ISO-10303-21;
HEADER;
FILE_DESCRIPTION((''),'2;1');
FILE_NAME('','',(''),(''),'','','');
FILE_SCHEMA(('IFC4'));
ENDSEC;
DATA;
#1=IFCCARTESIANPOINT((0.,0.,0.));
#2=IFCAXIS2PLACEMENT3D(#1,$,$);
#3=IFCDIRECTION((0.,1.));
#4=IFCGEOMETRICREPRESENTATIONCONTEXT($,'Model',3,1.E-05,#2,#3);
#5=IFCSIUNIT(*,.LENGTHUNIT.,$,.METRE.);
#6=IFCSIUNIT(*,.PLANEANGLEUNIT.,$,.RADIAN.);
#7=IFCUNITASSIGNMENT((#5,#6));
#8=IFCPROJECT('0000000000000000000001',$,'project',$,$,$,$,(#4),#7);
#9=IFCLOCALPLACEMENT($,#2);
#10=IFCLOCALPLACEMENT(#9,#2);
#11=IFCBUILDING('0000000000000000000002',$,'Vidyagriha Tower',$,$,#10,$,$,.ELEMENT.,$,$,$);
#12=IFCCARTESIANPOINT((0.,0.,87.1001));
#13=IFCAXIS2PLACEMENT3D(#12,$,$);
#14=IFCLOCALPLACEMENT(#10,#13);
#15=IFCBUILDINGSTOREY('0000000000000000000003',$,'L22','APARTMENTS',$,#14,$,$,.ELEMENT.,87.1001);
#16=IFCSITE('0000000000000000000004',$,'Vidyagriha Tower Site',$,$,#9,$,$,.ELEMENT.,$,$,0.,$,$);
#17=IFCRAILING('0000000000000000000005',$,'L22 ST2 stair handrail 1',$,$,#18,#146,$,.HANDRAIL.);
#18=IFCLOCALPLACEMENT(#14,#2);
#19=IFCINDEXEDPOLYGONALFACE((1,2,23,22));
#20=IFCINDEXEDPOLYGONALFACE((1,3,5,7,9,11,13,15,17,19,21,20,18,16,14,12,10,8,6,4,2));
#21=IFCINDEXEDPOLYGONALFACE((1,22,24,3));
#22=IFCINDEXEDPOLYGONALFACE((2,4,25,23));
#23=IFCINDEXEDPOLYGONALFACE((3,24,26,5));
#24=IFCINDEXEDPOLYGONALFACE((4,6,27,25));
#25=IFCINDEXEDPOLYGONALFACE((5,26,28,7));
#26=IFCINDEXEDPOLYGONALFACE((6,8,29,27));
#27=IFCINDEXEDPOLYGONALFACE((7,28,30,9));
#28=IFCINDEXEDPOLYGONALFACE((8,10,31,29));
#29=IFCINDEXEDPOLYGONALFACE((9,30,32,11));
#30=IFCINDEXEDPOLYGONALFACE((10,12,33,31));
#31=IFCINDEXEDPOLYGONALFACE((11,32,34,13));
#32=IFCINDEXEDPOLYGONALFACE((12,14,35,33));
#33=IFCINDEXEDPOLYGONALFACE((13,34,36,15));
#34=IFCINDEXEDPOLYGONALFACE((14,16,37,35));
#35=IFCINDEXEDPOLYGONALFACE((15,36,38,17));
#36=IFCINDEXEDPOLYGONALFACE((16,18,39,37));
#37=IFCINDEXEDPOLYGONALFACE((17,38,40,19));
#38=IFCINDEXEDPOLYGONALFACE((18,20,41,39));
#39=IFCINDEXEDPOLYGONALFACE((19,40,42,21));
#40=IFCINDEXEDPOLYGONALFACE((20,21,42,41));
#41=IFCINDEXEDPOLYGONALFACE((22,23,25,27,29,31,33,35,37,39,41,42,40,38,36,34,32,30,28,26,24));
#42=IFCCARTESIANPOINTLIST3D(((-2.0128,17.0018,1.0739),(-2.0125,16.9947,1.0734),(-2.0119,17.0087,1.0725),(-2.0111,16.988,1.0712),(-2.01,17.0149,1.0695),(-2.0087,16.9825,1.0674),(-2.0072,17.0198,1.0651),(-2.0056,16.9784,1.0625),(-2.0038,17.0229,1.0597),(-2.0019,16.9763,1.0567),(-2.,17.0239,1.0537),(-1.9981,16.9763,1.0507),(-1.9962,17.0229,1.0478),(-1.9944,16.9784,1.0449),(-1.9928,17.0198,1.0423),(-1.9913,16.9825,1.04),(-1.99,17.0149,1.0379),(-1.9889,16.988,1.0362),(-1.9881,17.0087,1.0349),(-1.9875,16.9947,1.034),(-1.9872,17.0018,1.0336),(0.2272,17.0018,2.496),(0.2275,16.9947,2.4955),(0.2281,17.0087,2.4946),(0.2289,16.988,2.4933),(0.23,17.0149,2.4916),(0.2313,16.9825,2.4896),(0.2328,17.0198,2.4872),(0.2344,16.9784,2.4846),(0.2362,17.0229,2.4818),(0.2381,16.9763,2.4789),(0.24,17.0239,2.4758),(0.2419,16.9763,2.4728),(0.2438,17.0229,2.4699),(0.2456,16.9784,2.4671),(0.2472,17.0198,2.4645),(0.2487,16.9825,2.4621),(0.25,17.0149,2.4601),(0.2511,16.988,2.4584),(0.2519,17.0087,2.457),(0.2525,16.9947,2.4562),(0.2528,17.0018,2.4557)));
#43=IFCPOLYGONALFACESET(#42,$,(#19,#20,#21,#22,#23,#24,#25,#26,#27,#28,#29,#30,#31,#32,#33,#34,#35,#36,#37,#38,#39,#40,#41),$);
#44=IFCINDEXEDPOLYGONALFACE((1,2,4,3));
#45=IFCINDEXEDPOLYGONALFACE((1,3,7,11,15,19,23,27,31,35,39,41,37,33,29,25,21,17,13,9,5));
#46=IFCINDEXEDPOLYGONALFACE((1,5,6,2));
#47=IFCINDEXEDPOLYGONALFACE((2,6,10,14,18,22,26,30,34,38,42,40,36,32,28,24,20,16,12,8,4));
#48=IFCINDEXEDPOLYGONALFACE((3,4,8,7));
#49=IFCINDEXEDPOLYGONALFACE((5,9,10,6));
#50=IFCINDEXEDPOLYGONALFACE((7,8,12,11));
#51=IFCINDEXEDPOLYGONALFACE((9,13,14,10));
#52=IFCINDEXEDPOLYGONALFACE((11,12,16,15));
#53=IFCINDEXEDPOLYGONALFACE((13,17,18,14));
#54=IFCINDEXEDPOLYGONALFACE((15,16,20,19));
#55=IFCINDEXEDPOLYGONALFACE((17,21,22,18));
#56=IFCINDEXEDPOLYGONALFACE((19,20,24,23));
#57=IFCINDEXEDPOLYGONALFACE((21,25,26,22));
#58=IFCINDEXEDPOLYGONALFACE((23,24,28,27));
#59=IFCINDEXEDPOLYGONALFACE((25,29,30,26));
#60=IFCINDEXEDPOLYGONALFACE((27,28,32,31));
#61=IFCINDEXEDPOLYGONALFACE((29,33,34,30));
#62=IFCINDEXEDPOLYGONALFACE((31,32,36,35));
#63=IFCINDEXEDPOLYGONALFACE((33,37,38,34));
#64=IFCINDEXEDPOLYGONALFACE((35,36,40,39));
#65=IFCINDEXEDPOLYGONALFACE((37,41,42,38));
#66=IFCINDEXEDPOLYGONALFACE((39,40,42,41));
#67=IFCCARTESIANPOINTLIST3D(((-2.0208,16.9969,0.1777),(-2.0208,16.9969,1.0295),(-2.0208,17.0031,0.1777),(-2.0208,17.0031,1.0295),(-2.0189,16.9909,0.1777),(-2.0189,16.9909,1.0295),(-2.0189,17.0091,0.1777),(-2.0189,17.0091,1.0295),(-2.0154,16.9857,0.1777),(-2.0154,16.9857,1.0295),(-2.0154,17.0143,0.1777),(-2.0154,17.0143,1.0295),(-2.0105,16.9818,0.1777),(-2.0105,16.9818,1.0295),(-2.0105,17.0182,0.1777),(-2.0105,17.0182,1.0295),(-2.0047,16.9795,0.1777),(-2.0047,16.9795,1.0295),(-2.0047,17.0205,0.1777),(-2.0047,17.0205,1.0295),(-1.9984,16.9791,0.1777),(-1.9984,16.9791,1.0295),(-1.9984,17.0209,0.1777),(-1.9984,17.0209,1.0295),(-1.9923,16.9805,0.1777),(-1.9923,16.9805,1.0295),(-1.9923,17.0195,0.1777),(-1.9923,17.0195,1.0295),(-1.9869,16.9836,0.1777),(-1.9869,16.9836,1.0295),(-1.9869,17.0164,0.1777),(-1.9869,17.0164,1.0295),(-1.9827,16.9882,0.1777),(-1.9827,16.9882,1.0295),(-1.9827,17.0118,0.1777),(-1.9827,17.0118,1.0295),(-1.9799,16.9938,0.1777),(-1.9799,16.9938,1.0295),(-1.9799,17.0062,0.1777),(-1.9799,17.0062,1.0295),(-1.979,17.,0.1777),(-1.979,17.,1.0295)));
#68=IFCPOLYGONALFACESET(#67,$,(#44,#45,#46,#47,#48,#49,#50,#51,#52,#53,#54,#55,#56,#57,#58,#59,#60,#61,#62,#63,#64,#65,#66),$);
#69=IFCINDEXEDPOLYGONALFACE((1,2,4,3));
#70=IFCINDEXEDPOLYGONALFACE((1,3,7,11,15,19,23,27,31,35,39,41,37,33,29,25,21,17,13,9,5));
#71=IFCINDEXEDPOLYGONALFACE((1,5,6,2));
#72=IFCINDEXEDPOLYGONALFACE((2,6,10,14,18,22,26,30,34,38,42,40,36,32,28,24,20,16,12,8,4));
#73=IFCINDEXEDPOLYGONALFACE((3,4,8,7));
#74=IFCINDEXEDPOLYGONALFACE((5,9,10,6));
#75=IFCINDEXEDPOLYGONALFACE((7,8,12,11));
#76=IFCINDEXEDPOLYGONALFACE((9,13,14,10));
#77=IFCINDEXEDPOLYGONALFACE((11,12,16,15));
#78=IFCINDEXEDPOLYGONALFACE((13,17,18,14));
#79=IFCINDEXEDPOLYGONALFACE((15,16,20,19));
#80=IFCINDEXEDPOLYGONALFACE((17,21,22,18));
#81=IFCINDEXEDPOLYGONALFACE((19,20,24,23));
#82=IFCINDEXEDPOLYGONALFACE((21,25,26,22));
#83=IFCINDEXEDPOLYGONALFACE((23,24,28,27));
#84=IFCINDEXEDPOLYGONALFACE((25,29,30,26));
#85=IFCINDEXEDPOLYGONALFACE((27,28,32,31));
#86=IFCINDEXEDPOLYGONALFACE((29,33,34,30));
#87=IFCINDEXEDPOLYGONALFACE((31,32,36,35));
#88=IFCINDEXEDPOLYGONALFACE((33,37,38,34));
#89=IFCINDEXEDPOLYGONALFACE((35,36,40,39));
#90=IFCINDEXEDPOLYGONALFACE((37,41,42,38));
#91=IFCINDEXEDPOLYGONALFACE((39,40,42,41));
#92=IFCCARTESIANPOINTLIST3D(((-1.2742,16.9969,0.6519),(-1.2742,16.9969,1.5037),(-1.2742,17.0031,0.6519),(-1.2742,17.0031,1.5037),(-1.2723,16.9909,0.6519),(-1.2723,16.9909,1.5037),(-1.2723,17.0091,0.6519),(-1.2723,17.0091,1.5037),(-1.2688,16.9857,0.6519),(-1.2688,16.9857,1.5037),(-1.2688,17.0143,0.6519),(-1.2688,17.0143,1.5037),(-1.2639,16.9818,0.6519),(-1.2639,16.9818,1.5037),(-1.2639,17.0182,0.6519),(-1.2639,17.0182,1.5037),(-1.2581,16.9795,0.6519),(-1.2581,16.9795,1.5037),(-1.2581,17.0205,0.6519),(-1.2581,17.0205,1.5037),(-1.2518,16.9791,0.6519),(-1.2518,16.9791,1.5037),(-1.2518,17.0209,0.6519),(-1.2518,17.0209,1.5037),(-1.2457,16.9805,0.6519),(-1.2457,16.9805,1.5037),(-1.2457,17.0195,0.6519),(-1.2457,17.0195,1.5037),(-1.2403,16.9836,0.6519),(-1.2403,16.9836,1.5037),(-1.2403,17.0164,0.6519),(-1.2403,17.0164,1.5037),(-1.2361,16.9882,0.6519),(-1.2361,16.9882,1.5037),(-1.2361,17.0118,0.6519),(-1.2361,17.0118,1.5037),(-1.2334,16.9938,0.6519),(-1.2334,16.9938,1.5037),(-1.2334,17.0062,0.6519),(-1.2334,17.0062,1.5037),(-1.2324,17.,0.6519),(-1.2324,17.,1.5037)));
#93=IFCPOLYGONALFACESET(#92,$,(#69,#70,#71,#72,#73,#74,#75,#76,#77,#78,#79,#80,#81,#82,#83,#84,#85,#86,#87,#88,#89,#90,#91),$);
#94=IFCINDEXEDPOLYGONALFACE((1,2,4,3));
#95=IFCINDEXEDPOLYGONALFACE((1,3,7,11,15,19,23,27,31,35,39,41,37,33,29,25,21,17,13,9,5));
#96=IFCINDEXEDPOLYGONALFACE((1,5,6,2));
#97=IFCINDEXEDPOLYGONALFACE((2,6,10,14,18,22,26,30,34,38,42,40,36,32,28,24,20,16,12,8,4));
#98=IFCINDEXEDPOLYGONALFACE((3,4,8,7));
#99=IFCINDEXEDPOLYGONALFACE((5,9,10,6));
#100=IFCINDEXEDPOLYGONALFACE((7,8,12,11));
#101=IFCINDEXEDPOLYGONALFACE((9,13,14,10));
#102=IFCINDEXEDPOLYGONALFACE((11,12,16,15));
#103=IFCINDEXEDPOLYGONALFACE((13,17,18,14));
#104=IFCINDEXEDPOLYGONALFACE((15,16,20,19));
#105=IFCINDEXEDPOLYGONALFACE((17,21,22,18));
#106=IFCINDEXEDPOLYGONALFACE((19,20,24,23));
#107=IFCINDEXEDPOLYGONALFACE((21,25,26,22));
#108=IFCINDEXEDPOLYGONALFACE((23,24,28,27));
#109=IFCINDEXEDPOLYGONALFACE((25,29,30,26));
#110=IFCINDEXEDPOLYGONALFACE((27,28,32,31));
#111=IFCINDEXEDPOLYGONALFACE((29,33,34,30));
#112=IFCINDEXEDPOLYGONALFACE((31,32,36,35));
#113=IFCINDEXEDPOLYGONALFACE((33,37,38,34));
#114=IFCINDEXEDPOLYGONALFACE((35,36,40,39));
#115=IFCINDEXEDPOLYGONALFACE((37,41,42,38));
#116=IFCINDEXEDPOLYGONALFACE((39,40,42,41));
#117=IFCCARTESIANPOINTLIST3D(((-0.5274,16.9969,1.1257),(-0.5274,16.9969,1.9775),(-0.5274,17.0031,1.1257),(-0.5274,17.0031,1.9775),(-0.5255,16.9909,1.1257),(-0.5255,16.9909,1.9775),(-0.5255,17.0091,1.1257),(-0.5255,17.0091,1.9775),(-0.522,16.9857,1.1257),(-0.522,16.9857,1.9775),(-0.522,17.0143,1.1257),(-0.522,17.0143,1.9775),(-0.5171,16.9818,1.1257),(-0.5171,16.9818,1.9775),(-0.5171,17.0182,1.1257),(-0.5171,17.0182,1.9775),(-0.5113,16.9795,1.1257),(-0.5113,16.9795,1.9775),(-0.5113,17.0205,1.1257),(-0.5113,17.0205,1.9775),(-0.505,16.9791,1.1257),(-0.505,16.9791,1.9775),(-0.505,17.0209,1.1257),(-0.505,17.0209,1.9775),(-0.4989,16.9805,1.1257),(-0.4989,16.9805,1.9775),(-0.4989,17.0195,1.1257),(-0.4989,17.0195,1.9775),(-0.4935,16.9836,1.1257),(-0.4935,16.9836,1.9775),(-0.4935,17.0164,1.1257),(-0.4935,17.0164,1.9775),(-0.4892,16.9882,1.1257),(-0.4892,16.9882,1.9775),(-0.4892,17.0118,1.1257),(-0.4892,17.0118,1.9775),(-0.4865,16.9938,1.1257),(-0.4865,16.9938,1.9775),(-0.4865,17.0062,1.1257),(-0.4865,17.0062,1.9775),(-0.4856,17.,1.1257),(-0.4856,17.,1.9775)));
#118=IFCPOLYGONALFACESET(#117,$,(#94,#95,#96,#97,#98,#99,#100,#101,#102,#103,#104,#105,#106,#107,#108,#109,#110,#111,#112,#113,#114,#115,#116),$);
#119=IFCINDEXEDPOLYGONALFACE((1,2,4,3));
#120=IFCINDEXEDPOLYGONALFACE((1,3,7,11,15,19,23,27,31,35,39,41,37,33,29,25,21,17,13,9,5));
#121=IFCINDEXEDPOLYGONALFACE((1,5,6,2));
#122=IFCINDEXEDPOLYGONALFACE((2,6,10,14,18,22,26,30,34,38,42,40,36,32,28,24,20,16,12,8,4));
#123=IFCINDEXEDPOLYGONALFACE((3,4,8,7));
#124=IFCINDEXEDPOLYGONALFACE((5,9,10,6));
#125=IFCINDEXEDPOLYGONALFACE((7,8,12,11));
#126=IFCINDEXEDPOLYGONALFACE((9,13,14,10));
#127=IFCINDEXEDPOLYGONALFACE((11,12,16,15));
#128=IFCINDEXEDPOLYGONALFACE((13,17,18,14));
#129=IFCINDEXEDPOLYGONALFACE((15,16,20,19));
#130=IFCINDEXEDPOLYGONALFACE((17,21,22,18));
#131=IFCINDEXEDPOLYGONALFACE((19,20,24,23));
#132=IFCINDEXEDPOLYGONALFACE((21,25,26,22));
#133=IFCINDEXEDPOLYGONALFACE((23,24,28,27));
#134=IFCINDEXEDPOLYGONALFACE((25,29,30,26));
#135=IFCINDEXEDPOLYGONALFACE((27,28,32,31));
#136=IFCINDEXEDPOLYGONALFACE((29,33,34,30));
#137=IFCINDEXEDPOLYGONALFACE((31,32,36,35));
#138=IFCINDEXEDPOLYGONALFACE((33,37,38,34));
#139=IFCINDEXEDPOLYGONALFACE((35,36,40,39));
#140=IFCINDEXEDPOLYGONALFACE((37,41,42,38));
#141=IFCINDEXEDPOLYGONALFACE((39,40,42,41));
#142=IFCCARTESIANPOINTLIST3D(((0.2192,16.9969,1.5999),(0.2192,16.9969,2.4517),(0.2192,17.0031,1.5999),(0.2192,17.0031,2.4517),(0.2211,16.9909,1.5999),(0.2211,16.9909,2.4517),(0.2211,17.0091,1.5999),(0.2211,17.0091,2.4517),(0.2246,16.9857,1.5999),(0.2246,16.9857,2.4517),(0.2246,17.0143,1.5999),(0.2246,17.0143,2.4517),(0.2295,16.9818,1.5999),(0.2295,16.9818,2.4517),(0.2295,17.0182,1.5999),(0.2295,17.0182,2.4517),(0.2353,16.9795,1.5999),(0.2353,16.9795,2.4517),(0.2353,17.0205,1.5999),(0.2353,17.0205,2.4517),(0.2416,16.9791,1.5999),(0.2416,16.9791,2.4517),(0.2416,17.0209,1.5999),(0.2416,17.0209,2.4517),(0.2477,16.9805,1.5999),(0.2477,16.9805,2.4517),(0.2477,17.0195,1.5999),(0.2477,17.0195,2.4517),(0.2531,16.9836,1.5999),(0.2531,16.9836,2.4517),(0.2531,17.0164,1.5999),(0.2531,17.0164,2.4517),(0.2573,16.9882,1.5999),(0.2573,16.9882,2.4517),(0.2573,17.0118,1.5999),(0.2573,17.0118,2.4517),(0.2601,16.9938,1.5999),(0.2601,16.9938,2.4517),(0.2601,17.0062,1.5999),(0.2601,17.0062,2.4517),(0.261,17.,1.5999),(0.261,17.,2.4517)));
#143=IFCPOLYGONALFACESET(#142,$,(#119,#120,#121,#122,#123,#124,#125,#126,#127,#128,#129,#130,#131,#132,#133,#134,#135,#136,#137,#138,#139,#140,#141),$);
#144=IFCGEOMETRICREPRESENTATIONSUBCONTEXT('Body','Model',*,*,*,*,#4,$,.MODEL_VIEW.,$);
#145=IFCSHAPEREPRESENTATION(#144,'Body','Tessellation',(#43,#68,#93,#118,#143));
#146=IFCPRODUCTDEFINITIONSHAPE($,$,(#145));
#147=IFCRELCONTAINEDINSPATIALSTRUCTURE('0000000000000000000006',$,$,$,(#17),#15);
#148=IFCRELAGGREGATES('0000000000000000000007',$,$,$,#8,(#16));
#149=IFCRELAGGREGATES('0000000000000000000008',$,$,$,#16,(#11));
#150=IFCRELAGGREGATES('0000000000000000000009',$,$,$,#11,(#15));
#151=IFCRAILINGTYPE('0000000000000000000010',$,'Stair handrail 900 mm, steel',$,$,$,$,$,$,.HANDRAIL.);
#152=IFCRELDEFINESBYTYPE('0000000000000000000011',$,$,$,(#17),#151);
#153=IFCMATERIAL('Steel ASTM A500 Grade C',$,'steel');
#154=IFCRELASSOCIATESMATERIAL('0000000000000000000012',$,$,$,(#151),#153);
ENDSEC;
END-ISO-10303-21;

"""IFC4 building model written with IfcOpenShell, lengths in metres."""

from ifc_helpers import new_model, si_unit, direction, frame, origin, origin_2d, place, context, subcontext, project, spatial, circle, extrude, material, type_object, element, save


model = new_model("IFC4")

# Units and contexts
model_context = context("Model", 3, precision=1e-05, world=origin(), true_north=direction((0.0, 1.0)))
body_context = subcontext(model_context, "Body", "Model", "MODEL_VIEW")
ifc_project = project(units=[si_unit("LENGTHUNIT", "METRE"), si_unit("PLANEANGLEUNIT", "RADIAN")], contexts=[model_context])

# Site, building, storey
site_placement = place(None, origin())
site = spatial("IfcSite", under=ifc_project, at=site_placement, Name="Vidyagriha Tower Site", CompositionType="ELEMENT", RefElevation=0.0)
building_placement = place(site_placement, origin())
building = spatial("IfcBuilding", under=site, at=building_placement, Name="Vidyagriha Tower", CompositionType="ELEMENT")
storey_placement = place(building_placement, frame((0.0, 0.0, 87.1001)))
storey = spatial("IfcBuildingStorey", under=building, at=storey_placement, Name="L22", Description="APARTMENTS", CompositionType="ELEMENT", Elevation=87.1001)

# Railing
ifc_material_1 = material(Name="Steel ASTM A500 Grade C", Category="steel")
railing_type_1 = type_object("IfcRailingType", Name="Stair handrail 900 mm, steel", PredefinedType="HANDRAIL", material=ifc_material_1)
railing_1_placement = place(storey_placement, frame((-2.0, 17.0, 0.1777)))
element("IfcRailing", 1, at=railing_1_placement, inside=storey, type_object=railing_type_1, Name="L22 ST2 stair handrail 1", PredefinedType="HANDRAIL", context=body_context, shape_type="SweptSolid", body=[
    extrude(circle(Radius=0.0239, at=origin_2d()), frame((0.0, 0.0, 0.876), z_axis=(0.844229, 0.0, 0.535982), x_axis=(0.0, 1.0, 0.0)), (0.0, 0.0, 1.0), 2.6533),
    extrude(circle(Radius=0.021, at=origin_2d()), origin(), (0.0, 0.0, 1.0), 0.8518),
    extrude(circle(Radius=0.021, at=origin_2d()), frame((0.7466, 0.0, 0.4741)), (0.0, 0.0, 1.0), 0.8518),
    extrude(circle(Radius=0.021, at=origin_2d()), frame((1.4934, 0.0, 0.948)), (0.0, 0.0, 1.0), 0.8518),
    extrude(circle(Radius=0.021, at=origin_2d()), frame((2.24, 0.0, 1.4221)), (0.0, 0.0, 1.0), 0.8518),
])

save(model, "model.ifc")
